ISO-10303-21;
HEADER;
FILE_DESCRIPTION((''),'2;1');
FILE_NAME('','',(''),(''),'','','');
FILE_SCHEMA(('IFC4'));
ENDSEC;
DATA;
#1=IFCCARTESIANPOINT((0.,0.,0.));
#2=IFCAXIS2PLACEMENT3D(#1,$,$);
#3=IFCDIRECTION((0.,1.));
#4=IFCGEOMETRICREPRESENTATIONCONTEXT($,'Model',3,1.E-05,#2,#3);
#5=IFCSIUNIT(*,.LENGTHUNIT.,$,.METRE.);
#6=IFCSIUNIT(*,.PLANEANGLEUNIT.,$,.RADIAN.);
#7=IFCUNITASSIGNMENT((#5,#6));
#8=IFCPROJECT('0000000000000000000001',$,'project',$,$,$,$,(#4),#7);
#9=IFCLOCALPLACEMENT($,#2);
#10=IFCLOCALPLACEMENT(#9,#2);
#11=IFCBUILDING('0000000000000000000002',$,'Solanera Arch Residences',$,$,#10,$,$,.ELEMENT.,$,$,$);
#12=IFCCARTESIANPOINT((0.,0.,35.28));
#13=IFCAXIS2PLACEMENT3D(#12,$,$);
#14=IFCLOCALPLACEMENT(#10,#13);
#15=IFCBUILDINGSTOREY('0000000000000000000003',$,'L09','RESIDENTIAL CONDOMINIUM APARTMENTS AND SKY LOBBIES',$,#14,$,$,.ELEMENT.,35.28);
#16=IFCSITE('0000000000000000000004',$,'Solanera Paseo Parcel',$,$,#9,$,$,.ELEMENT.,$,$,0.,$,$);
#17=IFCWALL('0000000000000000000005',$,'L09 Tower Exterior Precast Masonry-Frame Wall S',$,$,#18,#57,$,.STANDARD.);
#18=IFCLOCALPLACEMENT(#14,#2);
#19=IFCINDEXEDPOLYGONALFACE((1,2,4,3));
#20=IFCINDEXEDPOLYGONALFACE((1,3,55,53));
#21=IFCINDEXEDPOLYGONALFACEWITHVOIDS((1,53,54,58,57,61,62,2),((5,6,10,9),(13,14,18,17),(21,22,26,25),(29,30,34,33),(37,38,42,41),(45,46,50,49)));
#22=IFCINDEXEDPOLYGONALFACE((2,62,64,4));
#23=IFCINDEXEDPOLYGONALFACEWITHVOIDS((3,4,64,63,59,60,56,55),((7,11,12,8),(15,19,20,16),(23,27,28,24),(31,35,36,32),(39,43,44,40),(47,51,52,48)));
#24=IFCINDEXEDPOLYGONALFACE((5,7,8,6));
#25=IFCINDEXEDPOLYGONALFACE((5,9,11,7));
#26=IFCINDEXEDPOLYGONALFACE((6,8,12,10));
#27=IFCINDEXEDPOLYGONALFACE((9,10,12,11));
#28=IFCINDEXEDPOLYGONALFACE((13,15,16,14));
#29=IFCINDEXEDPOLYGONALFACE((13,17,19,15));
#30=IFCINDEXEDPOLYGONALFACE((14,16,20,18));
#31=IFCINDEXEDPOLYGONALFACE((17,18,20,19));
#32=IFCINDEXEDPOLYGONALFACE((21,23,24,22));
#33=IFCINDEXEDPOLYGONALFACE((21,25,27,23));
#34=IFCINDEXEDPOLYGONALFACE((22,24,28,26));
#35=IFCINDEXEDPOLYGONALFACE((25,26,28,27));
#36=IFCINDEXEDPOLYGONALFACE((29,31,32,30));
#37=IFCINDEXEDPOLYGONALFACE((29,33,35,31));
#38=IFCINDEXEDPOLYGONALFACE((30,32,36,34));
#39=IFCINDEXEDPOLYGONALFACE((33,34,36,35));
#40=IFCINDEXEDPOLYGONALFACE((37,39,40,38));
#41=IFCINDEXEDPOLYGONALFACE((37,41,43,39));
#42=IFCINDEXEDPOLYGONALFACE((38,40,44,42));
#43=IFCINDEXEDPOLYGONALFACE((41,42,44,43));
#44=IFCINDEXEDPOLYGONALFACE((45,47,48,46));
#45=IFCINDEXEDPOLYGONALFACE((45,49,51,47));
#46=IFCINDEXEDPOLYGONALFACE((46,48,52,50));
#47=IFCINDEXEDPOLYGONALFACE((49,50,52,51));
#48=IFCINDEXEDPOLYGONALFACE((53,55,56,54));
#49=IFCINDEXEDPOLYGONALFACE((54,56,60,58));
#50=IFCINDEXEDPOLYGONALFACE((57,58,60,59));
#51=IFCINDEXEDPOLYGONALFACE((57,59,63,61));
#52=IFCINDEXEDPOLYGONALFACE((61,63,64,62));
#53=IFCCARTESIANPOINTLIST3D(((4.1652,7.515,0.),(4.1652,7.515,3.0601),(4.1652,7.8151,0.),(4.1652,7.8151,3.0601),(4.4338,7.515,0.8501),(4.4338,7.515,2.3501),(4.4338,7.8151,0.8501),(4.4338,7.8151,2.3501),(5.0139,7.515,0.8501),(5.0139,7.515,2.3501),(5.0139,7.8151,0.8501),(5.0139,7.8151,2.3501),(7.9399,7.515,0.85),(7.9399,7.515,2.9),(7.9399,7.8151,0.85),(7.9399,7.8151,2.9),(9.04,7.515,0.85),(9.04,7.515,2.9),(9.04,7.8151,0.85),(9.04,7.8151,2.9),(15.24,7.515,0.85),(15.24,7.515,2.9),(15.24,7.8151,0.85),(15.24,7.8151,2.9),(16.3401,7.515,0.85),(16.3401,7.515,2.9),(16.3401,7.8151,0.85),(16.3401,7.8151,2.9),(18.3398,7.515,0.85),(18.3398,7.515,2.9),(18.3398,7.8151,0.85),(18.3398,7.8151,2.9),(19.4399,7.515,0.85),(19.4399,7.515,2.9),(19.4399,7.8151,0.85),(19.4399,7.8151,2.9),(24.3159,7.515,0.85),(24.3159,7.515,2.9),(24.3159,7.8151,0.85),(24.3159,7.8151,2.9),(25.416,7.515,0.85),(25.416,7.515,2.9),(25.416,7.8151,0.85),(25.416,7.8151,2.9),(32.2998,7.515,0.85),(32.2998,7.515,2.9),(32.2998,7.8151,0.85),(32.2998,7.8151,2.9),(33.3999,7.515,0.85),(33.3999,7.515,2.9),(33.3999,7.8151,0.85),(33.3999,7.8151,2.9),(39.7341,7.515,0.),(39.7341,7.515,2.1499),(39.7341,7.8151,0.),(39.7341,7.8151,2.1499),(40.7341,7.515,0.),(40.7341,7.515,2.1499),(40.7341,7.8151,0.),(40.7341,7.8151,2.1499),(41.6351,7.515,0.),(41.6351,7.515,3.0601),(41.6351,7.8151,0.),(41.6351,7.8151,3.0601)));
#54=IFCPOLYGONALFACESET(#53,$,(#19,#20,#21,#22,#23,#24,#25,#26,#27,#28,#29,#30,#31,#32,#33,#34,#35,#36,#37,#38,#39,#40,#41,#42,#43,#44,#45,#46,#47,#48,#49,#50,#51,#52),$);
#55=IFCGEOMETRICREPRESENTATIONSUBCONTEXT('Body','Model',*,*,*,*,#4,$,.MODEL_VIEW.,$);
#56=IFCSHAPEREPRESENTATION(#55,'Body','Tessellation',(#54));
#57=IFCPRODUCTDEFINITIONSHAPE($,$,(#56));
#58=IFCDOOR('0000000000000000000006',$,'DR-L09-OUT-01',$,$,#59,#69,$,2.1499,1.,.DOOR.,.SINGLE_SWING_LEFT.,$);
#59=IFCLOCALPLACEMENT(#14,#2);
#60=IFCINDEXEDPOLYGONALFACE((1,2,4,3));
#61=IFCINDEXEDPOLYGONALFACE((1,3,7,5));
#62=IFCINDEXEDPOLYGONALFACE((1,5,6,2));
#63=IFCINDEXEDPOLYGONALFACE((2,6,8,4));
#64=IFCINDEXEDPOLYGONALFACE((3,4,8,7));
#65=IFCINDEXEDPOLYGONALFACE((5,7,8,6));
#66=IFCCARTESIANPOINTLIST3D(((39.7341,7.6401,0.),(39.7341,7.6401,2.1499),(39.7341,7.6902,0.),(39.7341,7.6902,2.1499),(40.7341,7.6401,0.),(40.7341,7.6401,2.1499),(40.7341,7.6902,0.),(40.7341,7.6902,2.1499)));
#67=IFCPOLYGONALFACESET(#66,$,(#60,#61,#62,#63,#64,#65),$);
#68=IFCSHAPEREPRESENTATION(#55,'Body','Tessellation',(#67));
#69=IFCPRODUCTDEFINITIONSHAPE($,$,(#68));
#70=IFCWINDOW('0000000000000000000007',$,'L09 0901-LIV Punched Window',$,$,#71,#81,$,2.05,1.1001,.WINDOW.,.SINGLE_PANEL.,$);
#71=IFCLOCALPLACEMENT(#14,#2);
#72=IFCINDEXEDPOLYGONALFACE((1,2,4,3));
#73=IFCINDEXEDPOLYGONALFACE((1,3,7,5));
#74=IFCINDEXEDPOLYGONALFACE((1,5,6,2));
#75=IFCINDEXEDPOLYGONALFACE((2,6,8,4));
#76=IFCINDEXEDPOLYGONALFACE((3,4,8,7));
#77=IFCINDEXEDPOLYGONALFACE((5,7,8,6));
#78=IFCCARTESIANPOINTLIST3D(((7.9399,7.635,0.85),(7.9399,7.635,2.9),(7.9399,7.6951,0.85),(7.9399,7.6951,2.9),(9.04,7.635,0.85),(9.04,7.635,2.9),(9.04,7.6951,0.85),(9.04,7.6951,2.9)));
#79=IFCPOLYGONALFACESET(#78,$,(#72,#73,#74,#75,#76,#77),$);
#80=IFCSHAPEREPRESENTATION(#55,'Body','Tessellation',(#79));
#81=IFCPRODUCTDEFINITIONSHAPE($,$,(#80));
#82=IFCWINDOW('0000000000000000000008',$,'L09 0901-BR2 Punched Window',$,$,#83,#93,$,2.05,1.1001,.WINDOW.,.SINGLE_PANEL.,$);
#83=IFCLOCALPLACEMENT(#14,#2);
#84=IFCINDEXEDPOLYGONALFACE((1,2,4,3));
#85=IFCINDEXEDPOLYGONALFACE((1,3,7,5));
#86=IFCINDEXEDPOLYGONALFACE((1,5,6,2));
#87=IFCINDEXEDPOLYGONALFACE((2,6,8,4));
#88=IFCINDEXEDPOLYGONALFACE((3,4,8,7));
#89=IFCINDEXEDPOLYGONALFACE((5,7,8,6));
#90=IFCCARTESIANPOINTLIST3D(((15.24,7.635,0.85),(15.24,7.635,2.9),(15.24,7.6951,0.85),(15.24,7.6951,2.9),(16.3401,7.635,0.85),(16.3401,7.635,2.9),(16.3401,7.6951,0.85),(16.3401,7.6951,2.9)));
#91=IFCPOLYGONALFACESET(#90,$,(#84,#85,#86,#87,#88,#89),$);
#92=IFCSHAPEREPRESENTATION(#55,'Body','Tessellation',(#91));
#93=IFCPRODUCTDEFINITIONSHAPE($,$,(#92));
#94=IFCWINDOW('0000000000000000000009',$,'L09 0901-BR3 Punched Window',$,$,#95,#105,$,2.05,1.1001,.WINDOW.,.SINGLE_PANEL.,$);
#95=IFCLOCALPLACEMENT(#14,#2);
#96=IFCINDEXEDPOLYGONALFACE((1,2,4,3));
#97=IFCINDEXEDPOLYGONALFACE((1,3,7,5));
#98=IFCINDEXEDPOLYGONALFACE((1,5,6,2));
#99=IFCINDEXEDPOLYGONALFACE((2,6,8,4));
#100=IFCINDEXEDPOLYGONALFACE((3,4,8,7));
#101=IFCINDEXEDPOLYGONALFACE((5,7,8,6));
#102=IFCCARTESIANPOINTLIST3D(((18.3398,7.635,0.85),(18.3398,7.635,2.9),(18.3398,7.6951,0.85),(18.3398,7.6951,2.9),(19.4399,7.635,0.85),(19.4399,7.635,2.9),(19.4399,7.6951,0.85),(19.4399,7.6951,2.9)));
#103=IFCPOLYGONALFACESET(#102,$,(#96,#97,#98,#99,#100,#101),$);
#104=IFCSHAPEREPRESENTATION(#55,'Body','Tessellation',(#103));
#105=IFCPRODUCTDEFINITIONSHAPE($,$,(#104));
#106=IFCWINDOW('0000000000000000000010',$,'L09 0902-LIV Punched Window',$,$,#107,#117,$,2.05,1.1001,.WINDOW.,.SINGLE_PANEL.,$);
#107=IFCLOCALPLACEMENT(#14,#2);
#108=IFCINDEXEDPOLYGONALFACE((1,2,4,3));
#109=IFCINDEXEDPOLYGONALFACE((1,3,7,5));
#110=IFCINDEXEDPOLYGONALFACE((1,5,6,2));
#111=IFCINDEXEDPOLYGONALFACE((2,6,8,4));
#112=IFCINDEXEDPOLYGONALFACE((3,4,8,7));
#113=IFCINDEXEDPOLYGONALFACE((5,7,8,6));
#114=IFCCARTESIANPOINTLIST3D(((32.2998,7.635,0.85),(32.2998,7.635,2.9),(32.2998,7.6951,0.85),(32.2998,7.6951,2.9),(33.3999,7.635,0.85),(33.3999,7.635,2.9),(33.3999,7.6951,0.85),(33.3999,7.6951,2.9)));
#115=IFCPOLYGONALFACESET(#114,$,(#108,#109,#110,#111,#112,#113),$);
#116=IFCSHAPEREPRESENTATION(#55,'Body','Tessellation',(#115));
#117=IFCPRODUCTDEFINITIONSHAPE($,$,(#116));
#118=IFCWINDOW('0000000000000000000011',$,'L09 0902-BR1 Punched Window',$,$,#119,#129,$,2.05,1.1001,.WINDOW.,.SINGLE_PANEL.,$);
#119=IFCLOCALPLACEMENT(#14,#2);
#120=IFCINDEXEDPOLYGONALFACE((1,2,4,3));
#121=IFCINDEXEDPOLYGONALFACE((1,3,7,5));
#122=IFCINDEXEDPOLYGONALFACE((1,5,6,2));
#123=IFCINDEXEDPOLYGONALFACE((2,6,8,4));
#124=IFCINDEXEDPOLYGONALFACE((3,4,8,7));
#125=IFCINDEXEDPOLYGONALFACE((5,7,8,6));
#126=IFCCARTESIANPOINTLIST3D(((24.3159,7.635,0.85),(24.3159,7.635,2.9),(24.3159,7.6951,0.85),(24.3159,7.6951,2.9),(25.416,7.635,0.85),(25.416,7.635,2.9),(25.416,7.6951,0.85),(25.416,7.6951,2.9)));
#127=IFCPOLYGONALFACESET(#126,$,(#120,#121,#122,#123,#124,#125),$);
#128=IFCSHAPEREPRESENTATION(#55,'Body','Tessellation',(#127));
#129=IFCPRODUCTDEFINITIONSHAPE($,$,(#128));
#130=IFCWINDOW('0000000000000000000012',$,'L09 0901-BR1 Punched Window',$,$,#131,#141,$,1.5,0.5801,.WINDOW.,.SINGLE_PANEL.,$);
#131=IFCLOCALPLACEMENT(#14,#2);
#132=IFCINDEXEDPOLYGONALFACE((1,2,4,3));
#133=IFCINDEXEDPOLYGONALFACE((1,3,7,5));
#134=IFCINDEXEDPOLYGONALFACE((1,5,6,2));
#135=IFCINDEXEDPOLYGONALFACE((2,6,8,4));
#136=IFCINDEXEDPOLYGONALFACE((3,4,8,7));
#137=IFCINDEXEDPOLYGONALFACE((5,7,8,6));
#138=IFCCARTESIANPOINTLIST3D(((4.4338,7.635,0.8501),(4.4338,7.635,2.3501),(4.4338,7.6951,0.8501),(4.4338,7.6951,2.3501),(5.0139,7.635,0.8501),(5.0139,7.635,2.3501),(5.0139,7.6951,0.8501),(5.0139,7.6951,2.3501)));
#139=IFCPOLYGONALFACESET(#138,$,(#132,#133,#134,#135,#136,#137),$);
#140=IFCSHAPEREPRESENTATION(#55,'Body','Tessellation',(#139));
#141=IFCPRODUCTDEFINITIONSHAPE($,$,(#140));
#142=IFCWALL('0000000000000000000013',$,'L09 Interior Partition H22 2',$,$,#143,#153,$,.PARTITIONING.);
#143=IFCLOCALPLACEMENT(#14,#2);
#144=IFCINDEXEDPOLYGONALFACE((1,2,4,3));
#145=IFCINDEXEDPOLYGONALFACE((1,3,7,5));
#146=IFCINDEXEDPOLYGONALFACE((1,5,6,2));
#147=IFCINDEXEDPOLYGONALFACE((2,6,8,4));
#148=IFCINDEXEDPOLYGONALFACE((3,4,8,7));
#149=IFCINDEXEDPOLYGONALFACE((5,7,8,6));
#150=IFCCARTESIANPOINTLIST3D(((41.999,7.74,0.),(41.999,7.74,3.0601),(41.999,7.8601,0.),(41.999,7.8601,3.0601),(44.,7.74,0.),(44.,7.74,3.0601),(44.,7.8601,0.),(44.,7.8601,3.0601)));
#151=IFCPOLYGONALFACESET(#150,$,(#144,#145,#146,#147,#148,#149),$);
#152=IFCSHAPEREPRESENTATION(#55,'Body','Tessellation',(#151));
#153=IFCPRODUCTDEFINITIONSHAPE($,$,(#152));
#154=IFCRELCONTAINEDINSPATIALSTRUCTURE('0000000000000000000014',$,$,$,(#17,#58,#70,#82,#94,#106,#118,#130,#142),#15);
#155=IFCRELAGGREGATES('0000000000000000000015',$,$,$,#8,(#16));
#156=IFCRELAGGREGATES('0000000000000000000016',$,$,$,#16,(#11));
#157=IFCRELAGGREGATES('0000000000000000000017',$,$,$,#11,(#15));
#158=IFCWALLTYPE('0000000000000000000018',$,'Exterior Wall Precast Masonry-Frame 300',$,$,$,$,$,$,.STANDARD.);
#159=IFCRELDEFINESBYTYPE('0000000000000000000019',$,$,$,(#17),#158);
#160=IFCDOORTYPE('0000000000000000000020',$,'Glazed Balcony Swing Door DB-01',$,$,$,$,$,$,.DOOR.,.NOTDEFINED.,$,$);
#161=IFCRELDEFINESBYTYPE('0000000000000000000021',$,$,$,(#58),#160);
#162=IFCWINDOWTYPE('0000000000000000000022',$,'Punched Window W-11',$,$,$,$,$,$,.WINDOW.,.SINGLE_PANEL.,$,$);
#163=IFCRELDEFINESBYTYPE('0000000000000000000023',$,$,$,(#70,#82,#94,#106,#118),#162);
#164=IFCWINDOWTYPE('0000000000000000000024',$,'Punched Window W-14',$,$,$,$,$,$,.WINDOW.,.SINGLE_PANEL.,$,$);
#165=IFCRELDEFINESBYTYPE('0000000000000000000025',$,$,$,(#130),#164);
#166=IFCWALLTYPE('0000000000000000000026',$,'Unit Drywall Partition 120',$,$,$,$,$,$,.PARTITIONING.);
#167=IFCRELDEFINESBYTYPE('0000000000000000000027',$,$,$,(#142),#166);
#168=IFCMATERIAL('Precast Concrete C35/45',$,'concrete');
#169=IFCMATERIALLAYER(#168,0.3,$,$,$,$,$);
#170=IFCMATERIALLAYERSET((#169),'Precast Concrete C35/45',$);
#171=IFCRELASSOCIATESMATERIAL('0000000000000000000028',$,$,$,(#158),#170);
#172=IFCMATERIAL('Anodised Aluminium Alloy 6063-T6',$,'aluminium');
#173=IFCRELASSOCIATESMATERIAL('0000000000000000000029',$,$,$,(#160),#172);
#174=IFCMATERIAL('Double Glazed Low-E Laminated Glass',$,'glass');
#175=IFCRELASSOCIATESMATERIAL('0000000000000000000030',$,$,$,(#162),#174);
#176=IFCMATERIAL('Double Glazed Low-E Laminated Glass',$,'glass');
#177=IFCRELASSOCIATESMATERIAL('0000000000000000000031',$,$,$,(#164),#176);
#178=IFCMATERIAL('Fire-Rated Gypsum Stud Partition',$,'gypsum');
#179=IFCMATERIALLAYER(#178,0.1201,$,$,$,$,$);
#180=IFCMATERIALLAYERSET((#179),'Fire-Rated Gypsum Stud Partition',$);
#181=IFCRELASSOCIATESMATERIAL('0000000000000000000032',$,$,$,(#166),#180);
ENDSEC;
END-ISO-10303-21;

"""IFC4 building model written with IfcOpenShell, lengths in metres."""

from ifc_helpers import new_model, si_unit, direction, frame, frame_2d, origin, place, context, subcontext, project, spatial, rectangle, extrude, material, layer, layer_set, type_object, element, fill, save


model = new_model("IFC4")

# Units and contexts
model_context = context("Model", 3, precision=1e-05, world=origin(), true_north=direction((0.0, 1.0)))
body_context = subcontext(model_context, "Body", "Model", "MODEL_VIEW")
ifc_project = project(units=[si_unit("LENGTHUNIT", "METRE"), si_unit("PLANEANGLEUNIT", "RADIAN")], contexts=[model_context])

# Site, building, storey
site_placement = place(None, origin())
site = spatial("IfcSite", under=ifc_project, at=site_placement, Name="Solanera Paseo Parcel", CompositionType="ELEMENT", RefElevation=0.0)
building_placement = place(site_placement, origin())
building = spatial("IfcBuilding", under=site, at=building_placement, Name="Solanera Arch Residences", CompositionType="ELEMENT")
storey_placement = place(building_placement, frame((0.0, 0.0, 35.28)))
storey = spatial("IfcBuildingStorey", under=building, at=storey_placement, Name="L09", Description="RESIDENTIAL CONDOMINIUM APARTMENTS AND SKY LOBBIES", CompositionType="ELEMENT", Elevation=35.28)

# Shared definitions
ifc_material_1 = material(Name="Precast Concrete C35/45", Category="concrete")
ifc_layer_1 = layer(ifc_material_1, 0.3)
ifc_layer_set_1 = layer_set([ifc_layer_1], Name="Precast Concrete C35/45")
wall_type_1 = type_object("IfcWallType", Name="Exterior Wall Precast Masonry-Frame 300", PredefinedType="STANDARD", material=ifc_layer_set_1)

# Wall, openings, door, windows
wall_1_placement = place(storey_placement, frame((41.635, 7.665, 0.0), z_axis=(0.0, 0.0, 1.0), x_axis=(-1.0, 0.0, 0.0)))
wall_1 = element("IfcWall", 1, at=wall_1_placement, inside=storey, type_object=wall_type_1, Name="L09 Tower Exterior Precast Masonry-Frame Wall S", PredefinedType="STANDARD", context=body_context, shape_type="SweptSolid", body=[
    extrude(rectangle(XDim=37.47, YDim=0.3, at=frame_2d((18.7349, 0.0))), origin(), (0.0, 0.0, 1.0), 3.0601),
])
opening_1_placement = place(wall_1_placement, frame((0.9009, 0.0, 0.0)))
opening_1 = element("IfcOpeningElement", 2, at=opening_1_placement, cuts=wall_1, PredefinedType="OPENING", context=body_context, shape_type="SweptSolid", body=[
    extrude(rectangle(XDim=1.0, YDim=2.1499, at=frame_2d((0.5, 1.075))), frame((0.0, 0.1599, 0.0), z_axis=(0.0, -1.0, 0.0), x_axis=(1.0, 0.0, 0.0)), (0.0, 0.0, 1.0), 0.32),
])
opening_2_placement = place(wall_1_placement, frame((32.595, 0.0, 0.8501)))
opening_2 = element("IfcOpeningElement", 3, at=opening_2_placement, cuts=wall_1, PredefinedType="OPENING", context=body_context, shape_type="SweptSolid", body=[
    extrude(rectangle(XDim=1.1001, YDim=2.05, at=frame_2d((0.55, 1.0249))), frame((0.0, 0.1599, 0.0), z_axis=(0.0, -1.0, 0.0), x_axis=(1.0, 0.0, 0.0)), (0.0, 0.0, 1.0), 0.32),
])
opening_3_placement = place(wall_1_placement, frame((36.6211, 0.0, 0.8501)))
opening_3 = element("IfcOpeningElement", 4, at=opening_3_placement, cuts=wall_1, PredefinedType="OPENING", context=body_context, shape_type="SweptSolid", body=[
    extrude(rectangle(XDim=0.5801, YDim=1.5, at=frame_2d((0.29, 0.75))), frame((0.0, 0.1599, 0.0), z_axis=(0.0, -1.0, 0.0), x_axis=(1.0, 0.0, 0.0)), (0.0, 0.0, 1.0), 0.32),
])
opening_4_placement = place(wall_1_placement, frame((25.2949, 0.0, 0.8501)))
opening_4 = element("IfcOpeningElement", 5, at=opening_4_placement, cuts=wall_1, PredefinedType="OPENING", context=body_context, shape_type="SweptSolid", body=[
    extrude(rectangle(XDim=1.1001, YDim=2.05, at=frame_2d((0.55, 1.0249))), frame((0.0, 0.1599, 0.0), z_axis=(0.0, -1.0, 0.0), x_axis=(1.0, 0.0, 0.0)), (0.0, 0.0, 1.0), 0.32),
])
opening_5_placement = place(wall_1_placement, frame((22.1951, 0.0, 0.8501)))
opening_5 = element("IfcOpeningElement", 6, at=opening_5_placement, cuts=wall_1, PredefinedType="OPENING", context=body_context, shape_type="SweptSolid", body=[
    extrude(rectangle(XDim=1.1001, YDim=2.05, at=frame_2d((0.55, 1.0249))), frame((0.0, 0.1599, 0.0), z_axis=(0.0, -1.0, 0.0), x_axis=(1.0, 0.0, 0.0)), (0.0, 0.0, 1.0), 0.32),
])
opening_6_placement = place(wall_1_placement, frame((8.2351, 0.0, 0.8501)))
opening_6 = element("IfcOpeningElement", 7, at=opening_6_placement, cuts=wall_1, PredefinedType="OPENING", context=body_context, shape_type="SweptSolid", body=[
    extrude(rectangle(XDim=1.1001, YDim=2.05, at=frame_2d((0.55, 1.0249))), frame((0.0, 0.1599, 0.0), z_axis=(0.0, -1.0, 0.0), x_axis=(1.0, 0.0, 0.0)), (0.0, 0.0, 1.0), 0.32),
])
opening_7_placement = place(wall_1_placement, frame((16.219, 0.0, 0.8501)))
opening_7 = element("IfcOpeningElement", 8, at=opening_7_placement, cuts=wall_1, PredefinedType="OPENING", context=body_context, shape_type="SweptSolid", body=[
    extrude(rectangle(XDim=1.1001, YDim=2.05, at=frame_2d((0.55, 1.0249))), frame((0.0, 0.1599, 0.0), z_axis=(0.0, -1.0, 0.0), x_axis=(1.0, 0.0, 0.0)), (0.0, 0.0, 1.0), 0.32),
])
ifc_material_2 = material(Name="Anodised Aluminium Alloy 6063-T6", Category="aluminium")
door_type_1 = type_object("IfcDoorType", Name="Glazed Balcony Swing Door DB-01", OperationType="NOTDEFINED", PredefinedType="DOOR", material=ifc_material_2)
door_1_placement = place(opening_1_placement, origin())
door_1 = element("IfcDoor", 9, at=door_1_placement, inside=storey, type_object=door_type_1, Name="DR-L09-OUT-01", OperationType="SINGLE_SWING_LEFT", OverallHeight=2.1499, OverallWidth=1.0, PredefinedType="DOOR", context=body_context, shape_type="SweptSolid", body=[
    extrude(rectangle(XDim=1.0, YDim=2.1499, at=frame_2d((0.5, 1.075))), frame((0.0, 0.0249, 0.0), z_axis=(0.0, -1.0, 0.0), x_axis=(1.0, 0.0, 0.0)), (0.0, 0.0, 1.0), 0.05),
])
fill(opening_1, door_1)
ifc_material_3 = material(Name="Double Glazed Low-E Laminated Glass", Category="glass")
window_type_1 = type_object("IfcWindowType", Name="Punched Window W-11", PartitioningType="SINGLE_PANEL", PredefinedType="WINDOW", material=ifc_material_3)
window_1_placement = place(opening_2_placement, origin())
window_1 = element("IfcWindow", 10, at=window_1_placement, inside=storey, type_object=window_type_1, Name="L09 0901-LIV Punched Window", OverallHeight=2.05, OverallWidth=1.1001, PartitioningType="SINGLE_PANEL", PredefinedType="WINDOW", context=body_context, shape_type="SweptSolid", body=[
    extrude(rectangle(XDim=1.1001, YDim=2.05, at=frame_2d((0.55, 1.0249))), frame((0.0, 0.03, 0.0), z_axis=(0.0, -1.0, 0.0), x_axis=(1.0, 0.0, 0.0)), (0.0, 0.0, 1.0), 0.0601),
])
fill(opening_2, window_1)
window_2_placement = place(opening_4_placement, origin())
window_2 = element("IfcWindow", 11, at=window_2_placement, inside=storey, type_object=window_type_1, Name="L09 0901-BR2 Punched Window", OverallHeight=2.05, OverallWidth=1.1001, PartitioningType="SINGLE_PANEL", PredefinedType="WINDOW", context=body_context, shape_type="SweptSolid", body=[
    extrude(rectangle(XDim=1.1001, YDim=2.05, at=frame_2d((0.55, 1.0249))), frame((0.0, 0.03, 0.0), z_axis=(0.0, -1.0, 0.0), x_axis=(1.0, 0.0, 0.0)), (0.0, 0.0, 1.0), 0.0601),
])
fill(opening_4, window_2)
window_3_placement = place(opening_5_placement, origin())
window_3 = element("IfcWindow", 12, at=window_3_placement, inside=storey, type_object=window_type_1, Name="L09 0901-BR3 Punched Window", OverallHeight=2.05, OverallWidth=1.1001, PartitioningType="SINGLE_PANEL", PredefinedType="WINDOW", context=body_context, shape_type="SweptSolid", body=[
    extrude(rectangle(XDim=1.1001, YDim=2.05, at=frame_2d((0.55, 1.0249))), frame((0.0, 0.03, 0.0), z_axis=(0.0, -1.0, 0.0), x_axis=(1.0, 0.0, 0.0)), (0.0, 0.0, 1.0), 0.0601),
])
fill(opening_5, window_3)
window_4_placement = place(opening_6_placement, origin())
window_4 = element("IfcWindow", 13, at=window_4_placement, inside=storey, type_object=window_type_1, Name="L09 0902-LIV Punched Window", OverallHeight=2.05, OverallWidth=1.1001, PartitioningType="SINGLE_PANEL", PredefinedType="WINDOW", context=body_context, shape_type="SweptSolid", body=[
    extrude(rectangle(XDim=1.1001, YDim=2.05, at=frame_2d((0.55, 1.0249))), frame((0.0, 0.03, 0.0), z_axis=(0.0, -1.0, 0.0), x_axis=(1.0, 0.0, 0.0)), (0.0, 0.0, 1.0), 0.0601),
])
fill(opening_6, window_4)
window_5_placement = place(opening_7_placement, origin())
window_5 = element("IfcWindow", 14, at=window_5_placement, inside=storey, type_object=window_type_1, Name="L09 0902-BR1 Punched Window", OverallHeight=2.05, OverallWidth=1.1001, PartitioningType="SINGLE_PANEL", PredefinedType="WINDOW", context=body_context, shape_type="SweptSolid", body=[
    extrude(rectangle(XDim=1.1001, YDim=2.05, at=frame_2d((0.55, 1.0249))), frame((0.0, 0.03, 0.0), z_axis=(0.0, -1.0, 0.0), x_axis=(1.0, 0.0, 0.0)), (0.0, 0.0, 1.0), 0.0601),
])
fill(opening_7, window_5)
ifc_material_4 = material(Name="Double Glazed Low-E Laminated Glass", Category="glass")
window_type_2 = type_object("IfcWindowType", Name="Punched Window W-14", PartitioningType="SINGLE_PANEL", PredefinedType="WINDOW", material=ifc_material_4)
window_6_placement = place(opening_3_placement, origin())
window_6 = element("IfcWindow", 15, at=window_6_placement, inside=storey, type_object=window_type_2, Name="L09 0901-BR1 Punched Window", OverallHeight=1.5, OverallWidth=0.5801, PartitioningType="SINGLE_PANEL", PredefinedType="WINDOW", context=body_context, shape_type="SweptSolid", body=[
    extrude(rectangle(XDim=0.5801, YDim=1.5, at=frame_2d((0.29, 0.75))), frame((0.0, 0.03, 0.0), z_axis=(0.0, -1.0, 0.0), x_axis=(1.0, 0.0, 0.0)), (0.0, 0.0, 1.0), 0.0601),
])
fill(opening_3, window_6)

# Wall
ifc_material_5 = material(Name="Fire-Rated Gypsum Stud Partition", Category="gypsum")
ifc_layer_2 = layer(ifc_material_5, 0.1201)
ifc_layer_set_2 = layer_set([ifc_layer_2], Name="Fire-Rated Gypsum Stud Partition")
wall_type_2 = type_object("IfcWallType", Name="Unit Drywall Partition 120", PredefinedType="PARTITIONING", material=ifc_layer_set_2)
wall_2_placement = place(storey_placement, frame((41.999, 7.8, 0.0), z_axis=(0.0, 0.0, 1.0), x_axis=(1.0, 0.0, 0.0)))
element("IfcWall", 16, at=wall_2_placement, inside=storey, type_object=wall_type_2, Name="L09 Interior Partition H22 2", PredefinedType="PARTITIONING", context=body_context, shape_type="SweptSolid", body=[
    extrude(rectangle(XDim=2.001, YDim=0.1201, at=frame_2d((1.0005, 0.0))), origin(), (0.0, 0.0, 1.0), 3.0601),
])

save(model, "model.ifc")
